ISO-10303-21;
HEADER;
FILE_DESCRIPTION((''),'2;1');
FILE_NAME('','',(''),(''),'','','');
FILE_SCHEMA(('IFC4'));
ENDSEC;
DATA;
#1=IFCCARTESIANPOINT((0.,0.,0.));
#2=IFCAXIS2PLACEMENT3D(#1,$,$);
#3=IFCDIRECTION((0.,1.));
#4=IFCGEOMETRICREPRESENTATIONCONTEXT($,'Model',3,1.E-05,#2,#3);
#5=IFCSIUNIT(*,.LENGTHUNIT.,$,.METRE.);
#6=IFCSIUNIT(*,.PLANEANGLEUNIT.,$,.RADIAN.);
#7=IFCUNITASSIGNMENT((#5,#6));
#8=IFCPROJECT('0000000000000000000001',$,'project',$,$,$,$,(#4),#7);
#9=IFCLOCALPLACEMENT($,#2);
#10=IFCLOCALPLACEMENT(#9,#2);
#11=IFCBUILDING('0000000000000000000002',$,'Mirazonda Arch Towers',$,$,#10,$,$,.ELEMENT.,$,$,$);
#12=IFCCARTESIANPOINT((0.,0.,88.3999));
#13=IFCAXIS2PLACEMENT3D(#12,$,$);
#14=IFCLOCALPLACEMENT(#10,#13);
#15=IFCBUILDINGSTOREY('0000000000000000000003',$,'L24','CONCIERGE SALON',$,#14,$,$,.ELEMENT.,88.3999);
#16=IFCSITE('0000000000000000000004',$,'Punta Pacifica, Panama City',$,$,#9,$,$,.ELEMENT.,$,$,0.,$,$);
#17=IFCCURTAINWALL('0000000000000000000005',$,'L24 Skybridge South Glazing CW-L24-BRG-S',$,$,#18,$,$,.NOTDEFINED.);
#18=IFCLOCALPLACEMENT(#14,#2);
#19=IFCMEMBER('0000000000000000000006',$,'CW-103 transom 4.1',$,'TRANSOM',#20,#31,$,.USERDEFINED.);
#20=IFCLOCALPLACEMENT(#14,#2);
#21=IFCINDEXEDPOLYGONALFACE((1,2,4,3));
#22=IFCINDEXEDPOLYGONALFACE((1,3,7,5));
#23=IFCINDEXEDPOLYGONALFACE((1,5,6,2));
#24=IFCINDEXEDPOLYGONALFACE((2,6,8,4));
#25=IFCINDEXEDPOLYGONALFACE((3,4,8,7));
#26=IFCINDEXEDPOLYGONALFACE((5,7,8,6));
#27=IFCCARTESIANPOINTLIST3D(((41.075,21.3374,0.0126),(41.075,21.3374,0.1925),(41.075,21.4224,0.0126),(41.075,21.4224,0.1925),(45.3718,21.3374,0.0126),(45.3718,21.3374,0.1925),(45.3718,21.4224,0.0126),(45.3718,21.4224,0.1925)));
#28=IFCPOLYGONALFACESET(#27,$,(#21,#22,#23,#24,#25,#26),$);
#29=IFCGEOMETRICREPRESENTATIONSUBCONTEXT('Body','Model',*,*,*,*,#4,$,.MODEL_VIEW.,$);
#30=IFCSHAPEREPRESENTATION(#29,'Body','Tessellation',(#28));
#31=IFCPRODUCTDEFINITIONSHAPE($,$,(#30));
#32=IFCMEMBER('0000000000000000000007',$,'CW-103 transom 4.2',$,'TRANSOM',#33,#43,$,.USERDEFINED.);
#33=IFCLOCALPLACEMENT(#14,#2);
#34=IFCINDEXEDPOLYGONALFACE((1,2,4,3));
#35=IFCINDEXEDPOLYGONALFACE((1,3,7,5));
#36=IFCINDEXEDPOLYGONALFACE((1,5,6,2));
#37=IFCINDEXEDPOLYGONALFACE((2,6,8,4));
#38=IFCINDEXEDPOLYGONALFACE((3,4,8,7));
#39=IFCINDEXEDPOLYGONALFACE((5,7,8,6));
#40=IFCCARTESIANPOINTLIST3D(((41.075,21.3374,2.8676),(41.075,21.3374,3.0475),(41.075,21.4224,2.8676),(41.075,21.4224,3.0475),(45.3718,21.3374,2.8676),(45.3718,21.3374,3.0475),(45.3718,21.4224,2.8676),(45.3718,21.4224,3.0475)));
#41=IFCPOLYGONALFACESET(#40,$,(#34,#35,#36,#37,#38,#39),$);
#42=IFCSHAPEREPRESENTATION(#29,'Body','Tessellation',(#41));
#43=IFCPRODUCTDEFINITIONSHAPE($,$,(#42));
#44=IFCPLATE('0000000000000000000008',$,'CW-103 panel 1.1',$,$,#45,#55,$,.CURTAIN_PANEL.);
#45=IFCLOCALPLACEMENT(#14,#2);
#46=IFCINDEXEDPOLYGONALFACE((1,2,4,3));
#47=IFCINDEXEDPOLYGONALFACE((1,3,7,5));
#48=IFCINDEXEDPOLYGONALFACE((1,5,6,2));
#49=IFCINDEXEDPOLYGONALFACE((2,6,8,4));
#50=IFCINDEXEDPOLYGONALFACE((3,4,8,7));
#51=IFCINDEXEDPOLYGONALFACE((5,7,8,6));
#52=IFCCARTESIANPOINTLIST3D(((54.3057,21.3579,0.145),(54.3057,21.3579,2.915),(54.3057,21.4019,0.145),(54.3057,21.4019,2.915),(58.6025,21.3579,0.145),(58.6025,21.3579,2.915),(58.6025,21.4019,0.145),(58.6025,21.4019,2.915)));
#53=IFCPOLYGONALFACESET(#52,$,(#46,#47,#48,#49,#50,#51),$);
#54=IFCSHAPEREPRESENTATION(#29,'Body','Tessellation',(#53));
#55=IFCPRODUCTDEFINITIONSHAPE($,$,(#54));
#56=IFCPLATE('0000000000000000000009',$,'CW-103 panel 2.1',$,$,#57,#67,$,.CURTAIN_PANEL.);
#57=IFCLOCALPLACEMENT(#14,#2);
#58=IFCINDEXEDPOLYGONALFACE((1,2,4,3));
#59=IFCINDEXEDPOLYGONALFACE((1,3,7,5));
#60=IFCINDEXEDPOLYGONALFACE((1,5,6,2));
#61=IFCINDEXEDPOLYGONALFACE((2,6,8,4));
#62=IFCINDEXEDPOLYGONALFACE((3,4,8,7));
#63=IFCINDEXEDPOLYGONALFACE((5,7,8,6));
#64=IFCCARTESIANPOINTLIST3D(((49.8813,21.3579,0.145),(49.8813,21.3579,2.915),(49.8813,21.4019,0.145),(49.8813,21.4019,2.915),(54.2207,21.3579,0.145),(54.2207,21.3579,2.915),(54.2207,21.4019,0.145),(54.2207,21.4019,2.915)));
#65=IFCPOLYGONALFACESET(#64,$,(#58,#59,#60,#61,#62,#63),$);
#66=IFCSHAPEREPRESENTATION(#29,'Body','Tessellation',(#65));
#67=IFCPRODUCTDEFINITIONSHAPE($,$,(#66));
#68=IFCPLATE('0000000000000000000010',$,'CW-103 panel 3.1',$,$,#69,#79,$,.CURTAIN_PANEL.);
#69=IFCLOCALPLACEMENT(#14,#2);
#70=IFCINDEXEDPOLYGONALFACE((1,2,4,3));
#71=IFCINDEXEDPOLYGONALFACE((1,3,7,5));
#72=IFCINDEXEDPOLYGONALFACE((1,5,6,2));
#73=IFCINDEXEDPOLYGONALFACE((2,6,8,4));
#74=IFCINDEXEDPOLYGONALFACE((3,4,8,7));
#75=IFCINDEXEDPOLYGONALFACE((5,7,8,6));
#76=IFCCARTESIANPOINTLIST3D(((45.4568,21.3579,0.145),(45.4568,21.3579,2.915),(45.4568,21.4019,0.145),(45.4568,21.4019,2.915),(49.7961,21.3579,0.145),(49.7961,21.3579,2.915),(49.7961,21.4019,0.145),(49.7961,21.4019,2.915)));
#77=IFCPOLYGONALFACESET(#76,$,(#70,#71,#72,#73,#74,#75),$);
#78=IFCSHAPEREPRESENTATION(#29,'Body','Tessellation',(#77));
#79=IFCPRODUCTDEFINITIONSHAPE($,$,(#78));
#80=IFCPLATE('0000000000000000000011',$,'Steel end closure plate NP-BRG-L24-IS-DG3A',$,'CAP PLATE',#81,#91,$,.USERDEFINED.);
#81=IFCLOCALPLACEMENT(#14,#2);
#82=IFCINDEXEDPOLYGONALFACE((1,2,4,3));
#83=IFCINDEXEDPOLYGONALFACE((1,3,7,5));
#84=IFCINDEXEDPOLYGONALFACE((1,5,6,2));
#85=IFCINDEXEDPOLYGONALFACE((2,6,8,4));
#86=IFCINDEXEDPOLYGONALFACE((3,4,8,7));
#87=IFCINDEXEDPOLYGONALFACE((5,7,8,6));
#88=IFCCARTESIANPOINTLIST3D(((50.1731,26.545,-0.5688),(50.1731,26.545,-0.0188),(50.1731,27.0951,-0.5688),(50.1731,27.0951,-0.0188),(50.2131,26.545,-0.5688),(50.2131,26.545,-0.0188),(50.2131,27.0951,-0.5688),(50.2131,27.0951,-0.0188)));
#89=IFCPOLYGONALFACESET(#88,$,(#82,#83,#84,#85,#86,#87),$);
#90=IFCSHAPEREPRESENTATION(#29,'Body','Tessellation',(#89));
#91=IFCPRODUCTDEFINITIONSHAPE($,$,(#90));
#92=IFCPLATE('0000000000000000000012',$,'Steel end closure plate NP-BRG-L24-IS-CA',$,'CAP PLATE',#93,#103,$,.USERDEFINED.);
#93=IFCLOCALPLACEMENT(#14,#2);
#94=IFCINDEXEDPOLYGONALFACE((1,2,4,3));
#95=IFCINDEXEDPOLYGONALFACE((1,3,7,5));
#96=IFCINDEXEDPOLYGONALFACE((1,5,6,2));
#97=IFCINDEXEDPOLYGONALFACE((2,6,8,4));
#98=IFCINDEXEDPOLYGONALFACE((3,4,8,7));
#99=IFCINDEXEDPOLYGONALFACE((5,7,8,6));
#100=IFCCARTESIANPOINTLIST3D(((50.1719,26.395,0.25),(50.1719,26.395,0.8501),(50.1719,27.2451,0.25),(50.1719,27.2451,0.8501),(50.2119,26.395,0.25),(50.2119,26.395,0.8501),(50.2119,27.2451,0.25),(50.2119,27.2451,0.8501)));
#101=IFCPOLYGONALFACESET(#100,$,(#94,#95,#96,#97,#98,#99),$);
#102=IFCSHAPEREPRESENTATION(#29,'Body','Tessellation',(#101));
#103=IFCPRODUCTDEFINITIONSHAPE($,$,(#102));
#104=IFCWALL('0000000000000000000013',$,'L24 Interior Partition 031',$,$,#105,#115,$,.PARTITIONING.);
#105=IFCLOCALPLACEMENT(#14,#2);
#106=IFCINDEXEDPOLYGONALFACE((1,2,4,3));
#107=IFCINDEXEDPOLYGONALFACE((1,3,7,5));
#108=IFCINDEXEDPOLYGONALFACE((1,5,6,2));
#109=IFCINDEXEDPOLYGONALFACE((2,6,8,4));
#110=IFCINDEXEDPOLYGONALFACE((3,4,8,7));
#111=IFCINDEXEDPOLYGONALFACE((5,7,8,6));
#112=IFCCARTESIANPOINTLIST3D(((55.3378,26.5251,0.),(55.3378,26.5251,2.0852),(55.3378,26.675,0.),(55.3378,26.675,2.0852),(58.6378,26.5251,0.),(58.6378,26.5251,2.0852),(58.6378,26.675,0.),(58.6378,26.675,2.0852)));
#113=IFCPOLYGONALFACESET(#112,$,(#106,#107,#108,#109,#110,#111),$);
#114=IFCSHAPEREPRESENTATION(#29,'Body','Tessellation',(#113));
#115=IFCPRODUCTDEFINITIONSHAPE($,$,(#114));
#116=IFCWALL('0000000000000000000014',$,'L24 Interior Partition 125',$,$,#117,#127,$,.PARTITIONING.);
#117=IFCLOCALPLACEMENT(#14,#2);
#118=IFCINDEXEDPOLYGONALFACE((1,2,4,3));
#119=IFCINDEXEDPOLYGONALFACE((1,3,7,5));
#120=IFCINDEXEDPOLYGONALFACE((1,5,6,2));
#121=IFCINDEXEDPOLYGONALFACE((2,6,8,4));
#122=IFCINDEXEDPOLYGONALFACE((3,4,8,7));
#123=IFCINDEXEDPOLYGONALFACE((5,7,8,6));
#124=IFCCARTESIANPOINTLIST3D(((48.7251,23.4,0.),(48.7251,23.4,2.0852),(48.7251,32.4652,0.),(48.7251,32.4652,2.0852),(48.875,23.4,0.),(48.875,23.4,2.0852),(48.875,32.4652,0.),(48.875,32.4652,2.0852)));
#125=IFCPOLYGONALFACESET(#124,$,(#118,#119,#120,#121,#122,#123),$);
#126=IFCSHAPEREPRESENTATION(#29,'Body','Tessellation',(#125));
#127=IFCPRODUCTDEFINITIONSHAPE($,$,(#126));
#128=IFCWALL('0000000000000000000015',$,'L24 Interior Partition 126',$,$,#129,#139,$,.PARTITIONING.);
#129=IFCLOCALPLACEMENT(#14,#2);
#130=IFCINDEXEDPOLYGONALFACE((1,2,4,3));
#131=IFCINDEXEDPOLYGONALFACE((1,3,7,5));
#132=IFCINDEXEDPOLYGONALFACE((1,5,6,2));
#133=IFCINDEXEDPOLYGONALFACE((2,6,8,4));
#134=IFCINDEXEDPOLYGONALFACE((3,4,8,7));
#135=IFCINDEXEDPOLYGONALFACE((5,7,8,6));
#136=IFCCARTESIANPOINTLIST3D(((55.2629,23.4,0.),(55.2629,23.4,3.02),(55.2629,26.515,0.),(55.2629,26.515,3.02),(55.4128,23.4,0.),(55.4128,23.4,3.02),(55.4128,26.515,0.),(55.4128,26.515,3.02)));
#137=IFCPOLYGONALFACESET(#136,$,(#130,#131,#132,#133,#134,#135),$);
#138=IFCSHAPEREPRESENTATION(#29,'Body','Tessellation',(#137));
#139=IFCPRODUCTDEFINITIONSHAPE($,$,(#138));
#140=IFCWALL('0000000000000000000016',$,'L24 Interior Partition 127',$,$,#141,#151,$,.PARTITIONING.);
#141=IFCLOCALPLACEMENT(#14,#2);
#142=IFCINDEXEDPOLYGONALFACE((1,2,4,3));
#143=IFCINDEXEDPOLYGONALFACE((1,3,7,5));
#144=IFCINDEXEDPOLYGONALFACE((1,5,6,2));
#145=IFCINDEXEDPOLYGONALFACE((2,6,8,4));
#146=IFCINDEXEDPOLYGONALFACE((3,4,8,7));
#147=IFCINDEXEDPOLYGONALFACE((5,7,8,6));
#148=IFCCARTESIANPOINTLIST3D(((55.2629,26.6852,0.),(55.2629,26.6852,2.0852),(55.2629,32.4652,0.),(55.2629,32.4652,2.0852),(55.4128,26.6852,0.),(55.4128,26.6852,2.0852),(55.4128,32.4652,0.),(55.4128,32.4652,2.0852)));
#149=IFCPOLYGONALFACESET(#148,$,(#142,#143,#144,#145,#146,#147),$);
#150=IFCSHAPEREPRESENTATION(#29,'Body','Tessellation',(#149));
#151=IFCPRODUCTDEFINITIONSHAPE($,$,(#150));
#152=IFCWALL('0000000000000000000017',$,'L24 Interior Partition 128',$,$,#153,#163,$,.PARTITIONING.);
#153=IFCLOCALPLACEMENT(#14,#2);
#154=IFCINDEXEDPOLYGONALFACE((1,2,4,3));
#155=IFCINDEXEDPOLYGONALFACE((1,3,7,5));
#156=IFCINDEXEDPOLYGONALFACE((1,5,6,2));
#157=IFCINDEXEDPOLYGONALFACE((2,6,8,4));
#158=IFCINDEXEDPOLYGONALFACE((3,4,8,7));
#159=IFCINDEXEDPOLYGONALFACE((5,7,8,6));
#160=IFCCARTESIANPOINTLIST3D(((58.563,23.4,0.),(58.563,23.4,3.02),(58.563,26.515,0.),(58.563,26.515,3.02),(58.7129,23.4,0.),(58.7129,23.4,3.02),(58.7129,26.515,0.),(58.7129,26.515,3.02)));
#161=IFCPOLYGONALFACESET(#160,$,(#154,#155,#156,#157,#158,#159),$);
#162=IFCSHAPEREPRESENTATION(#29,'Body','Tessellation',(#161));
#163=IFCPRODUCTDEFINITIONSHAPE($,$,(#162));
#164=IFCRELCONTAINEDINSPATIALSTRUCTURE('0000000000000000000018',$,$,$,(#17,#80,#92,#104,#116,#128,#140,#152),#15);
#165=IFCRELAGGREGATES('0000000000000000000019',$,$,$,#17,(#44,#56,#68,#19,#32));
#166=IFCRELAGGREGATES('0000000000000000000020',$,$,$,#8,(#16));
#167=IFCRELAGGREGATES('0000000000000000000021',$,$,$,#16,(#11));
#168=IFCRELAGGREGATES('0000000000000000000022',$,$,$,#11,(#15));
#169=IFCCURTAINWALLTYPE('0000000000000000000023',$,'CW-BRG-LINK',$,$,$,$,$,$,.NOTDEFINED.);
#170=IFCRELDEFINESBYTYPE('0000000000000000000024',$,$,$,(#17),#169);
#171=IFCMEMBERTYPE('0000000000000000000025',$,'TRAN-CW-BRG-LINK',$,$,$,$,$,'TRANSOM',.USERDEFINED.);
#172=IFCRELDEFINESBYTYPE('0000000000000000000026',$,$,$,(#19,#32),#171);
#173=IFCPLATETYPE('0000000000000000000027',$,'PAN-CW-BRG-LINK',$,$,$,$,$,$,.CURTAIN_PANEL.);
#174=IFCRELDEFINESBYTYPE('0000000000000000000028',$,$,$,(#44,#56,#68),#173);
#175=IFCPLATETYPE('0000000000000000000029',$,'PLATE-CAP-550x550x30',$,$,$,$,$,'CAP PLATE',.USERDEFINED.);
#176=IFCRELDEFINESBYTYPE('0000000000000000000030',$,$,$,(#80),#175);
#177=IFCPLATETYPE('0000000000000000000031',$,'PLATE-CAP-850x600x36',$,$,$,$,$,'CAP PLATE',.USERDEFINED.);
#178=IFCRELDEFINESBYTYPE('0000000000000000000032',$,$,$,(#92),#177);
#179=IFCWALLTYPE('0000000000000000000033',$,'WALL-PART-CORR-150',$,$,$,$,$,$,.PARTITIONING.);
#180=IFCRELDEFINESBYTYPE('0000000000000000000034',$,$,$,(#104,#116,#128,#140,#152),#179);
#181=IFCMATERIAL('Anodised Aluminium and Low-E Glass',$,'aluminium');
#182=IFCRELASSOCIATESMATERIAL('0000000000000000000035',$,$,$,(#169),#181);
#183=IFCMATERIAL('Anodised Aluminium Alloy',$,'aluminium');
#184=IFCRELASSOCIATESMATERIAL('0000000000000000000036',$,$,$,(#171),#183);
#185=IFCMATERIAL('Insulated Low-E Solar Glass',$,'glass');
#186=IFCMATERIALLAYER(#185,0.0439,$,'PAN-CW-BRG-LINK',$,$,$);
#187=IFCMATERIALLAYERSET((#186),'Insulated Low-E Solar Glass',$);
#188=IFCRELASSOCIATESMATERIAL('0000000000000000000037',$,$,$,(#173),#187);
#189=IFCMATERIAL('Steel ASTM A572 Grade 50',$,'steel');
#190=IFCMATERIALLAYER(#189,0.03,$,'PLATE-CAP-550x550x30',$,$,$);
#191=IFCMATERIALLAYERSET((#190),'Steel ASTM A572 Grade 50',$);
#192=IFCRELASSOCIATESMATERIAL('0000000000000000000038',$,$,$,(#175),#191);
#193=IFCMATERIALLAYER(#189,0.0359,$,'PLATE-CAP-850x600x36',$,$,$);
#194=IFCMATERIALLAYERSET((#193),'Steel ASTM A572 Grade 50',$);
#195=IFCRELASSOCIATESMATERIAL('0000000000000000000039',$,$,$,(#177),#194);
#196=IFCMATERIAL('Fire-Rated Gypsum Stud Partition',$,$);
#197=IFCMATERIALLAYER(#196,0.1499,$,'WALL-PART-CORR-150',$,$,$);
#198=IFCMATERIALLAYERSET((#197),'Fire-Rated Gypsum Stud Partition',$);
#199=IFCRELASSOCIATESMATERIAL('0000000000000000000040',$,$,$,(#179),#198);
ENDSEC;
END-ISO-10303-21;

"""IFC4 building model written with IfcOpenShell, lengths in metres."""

from ifc_helpers import new_model, si_unit, direction, frame, frame_2d, origin, origin_2d, place, context, subcontext, project, spatial, rectangle, extrude, material, layer, layer_set, material_profile, profile_set, type_object, element, aggregate, save


model = new_model("IFC4")

# Units and contexts
model_context = context("Model", 3, precision=1e-05, world=origin(), true_north=direction((0.0, 1.0)))
body_context = subcontext(model_context, "Body", "Model", "MODEL_VIEW")
ifc_project = project(units=[si_unit("LENGTHUNIT", "METRE"), si_unit("PLANEANGLEUNIT", "RADIAN")], contexts=[model_context])

# Site, building, storey
site_placement = place(None, origin())
site = spatial("IfcSite", under=ifc_project, at=site_placement, Name="Punta Pacifica, Panama City", CompositionType="ELEMENT", RefElevation=0.0)
building_placement = place(site_placement, origin())
building = spatial("IfcBuilding", under=site, at=building_placement, Name="Mirazonda Arch Towers", CompositionType="ELEMENT")
storey_placement = place(building_placement, frame((0.0, 0.0, 88.3999)))
storey = spatial("IfcBuildingStorey", under=building, at=storey_placement, Name="L24", Description="CONCIERGE SALON", CompositionType="ELEMENT", Elevation=88.3999)

# Shared definitions
ifc_material_1 = material(Name="Steel ASTM A572 Grade 50", Category="steel")

# Curtain wall, members, plates
ifc_material_2 = material(Name="Anodised Aluminium and Low-E Glass", Category="aluminium")
curtain_wall_type = type_object("IfcCurtainWallType", Name="CW-BRG-LINK", PredefinedType="NOTDEFINED", material=ifc_material_2)
curtain_wall_placement = place(storey_placement, origin())
curtain_wall = element("IfcCurtainWall", 1, at=curtain_wall_placement, inside=storey, type_object=curtain_wall_type, Name="L24 Skybridge South Glazing CW-L24-BRG-S", PredefinedType="NOTDEFINED")
ifc_material_3 = material(Name="Anodised Aluminium Alloy", Category="aluminium")
ifc_material_profile_1 = material_profile(ifc_material_3, rectangle(XDim=0.085, YDim=0.1799, at=origin_2d()), Name="ALU-TRAN-85x180")
ifc_profile_set_1 = profile_set([ifc_material_profile_1], Name="Anodised Aluminium Alloy")
member_type_1 = type_object("IfcMemberType", Name="TRAN-CW-BRG-LINK", ElementType="TRANSOM", PredefinedType="USERDEFINED", material=ifc_profile_set_1)
member_1_placement = place(storey_placement, frame((45.3718, 21.3799, 0.1025), z_axis=(-1.0, 0.0, 0.0), x_axis=(0.0, -1.0, 0.0)))
member_1 = element("IfcMember", 2, at=member_1_placement, type_object=member_type_1, Name="CW-103 transom 4.1", ObjectType="TRANSOM", PredefinedType="USERDEFINED", context=body_context, shape_type="SweptSolid", body=[
    extrude(rectangle(XDim=0.085, YDim=0.1799, at=origin_2d()), origin(), (0.0, 0.0, 1.0), 4.2969),
])
member_2_placement = place(storey_placement, frame((45.3718, 21.3799, 2.9575), z_axis=(-1.0, 0.0, 0.0), x_axis=(0.0, -1.0, 0.0)))
member_2 = element("IfcMember", 3, at=member_2_placement, type_object=member_type_1, Name="CW-103 transom 4.2", ObjectType="TRANSOM", PredefinedType="USERDEFINED", context=body_context, shape_type="SweptSolid", body=[
    extrude(rectangle(XDim=0.085, YDim=0.1799, at=origin_2d()), origin(), (0.0, 0.0, 1.0), 4.2969),
])
ifc_material_4 = material(Name="Insulated Low-E Solar Glass", Category="glass")
ifc_layer_1 = layer(ifc_material_4, 0.0439, Name="PAN-CW-BRG-LINK")
ifc_layer_set_1 = layer_set([ifc_layer_1], Name="Insulated Low-E Solar Glass")
plate_type_1 = type_object("IfcPlateType", Name="PAN-CW-BRG-LINK", PredefinedType="CURTAIN_PANEL", material=ifc_layer_set_1)
plate_1_placement = place(storey_placement, frame((56.4541, 21.3799, 0.145), z_axis=(0.0, 0.0, 1.0), x_axis=(-1.0, 0.0, 0.0)))
plate_1 = element("IfcPlate", 4, at=plate_1_placement, type_object=plate_type_1, Name="CW-103 panel 1.1", PredefinedType="CURTAIN_PANEL", context=body_context, shape_type="SweptSolid", body=[
    extrude(rectangle(XDim=4.2969, YDim=0.0439, at=origin_2d()), origin(), (0.0, 0.0, 1.0), 2.77),
])
plate_2_placement = place(storey_placement, frame((52.051, 21.3799, 0.145), z_axis=(0.0, 0.0, 1.0), x_axis=(-1.0, 0.0, 0.0)))
plate_2 = element("IfcPlate", 5, at=plate_2_placement, type_object=plate_type_1, Name="CW-103 panel 2.1", PredefinedType="CURTAIN_PANEL", context=body_context, shape_type="SweptSolid", body=[
    extrude(rectangle(XDim=4.3394, YDim=0.0439, at=origin_2d()), origin(), (0.0, 0.0, 1.0), 2.77),
])
plate_3_placement = place(storey_placement, frame((47.6265, 21.3799, 0.145), z_axis=(0.0, 0.0, 1.0), x_axis=(-1.0, 0.0, 0.0)))
plate_3 = element("IfcPlate", 6, at=plate_3_placement, type_object=plate_type_1, Name="CW-103 panel 3.1", PredefinedType="CURTAIN_PANEL", context=body_context, shape_type="SweptSolid", body=[
    extrude(rectangle(XDim=4.3394, YDim=0.0439, at=origin_2d()), origin(), (0.0, 0.0, 1.0), 2.77),
])
aggregate(curtain_wall, [plate_1, plate_2, plate_3, member_1, member_2])

# Plates
ifc_layer_2 = layer(ifc_material_1, 0.03, Name="PLATE-CAP-550x550x30")
ifc_layer_set_2 = layer_set([ifc_layer_2], Name="Steel ASTM A572 Grade 50")
plate_type_2 = type_object("IfcPlateType", Name="PLATE-CAP-550x550x30", ElementType="CAP PLATE", PredefinedType="USERDEFINED", material=ifc_layer_set_2)
plate_4_placement = place(storey_placement, frame((50.1931, 26.8201, -0.5688), z_axis=(0.0, 0.0, 1.0), x_axis=(-1.0, 0.0, 0.0)))
element("IfcPlate", 7, at=plate_4_placement, inside=storey, type_object=plate_type_2, Name="Steel end closure plate NP-BRG-L24-IS-DG3A", ObjectType="CAP PLATE", PredefinedType="USERDEFINED", context=body_context, shape_type="SweptSolid", body=[
    extrude(rectangle(XDim=0.04, YDim=0.55, at=origin_2d()), origin(), (0.0, 0.0, 1.0), 0.55),
])
ifc_layer_3 = layer(ifc_material_1, 0.0359, Name="PLATE-CAP-850x600x36")
ifc_layer_set_3 = layer_set([ifc_layer_3], Name="Steel ASTM A572 Grade 50")
plate_type_3 = type_object("IfcPlateType", Name="PLATE-CAP-850x600x36", ElementType="CAP PLATE", PredefinedType="USERDEFINED", material=ifc_layer_set_3)
plate_5_placement = place(storey_placement, frame((50.1919, 26.8201, 0.25), z_axis=(0.0, 0.0, 1.0), x_axis=(-1.0, 0.0, 0.0)))
element("IfcPlate", 8, at=plate_5_placement, inside=storey, type_object=plate_type_3, Name="Steel end closure plate NP-BRG-L24-IS-CA", ObjectType="CAP PLATE", PredefinedType="USERDEFINED", context=body_context, shape_type="SweptSolid", body=[
    extrude(rectangle(XDim=0.04, YDim=0.8501, at=origin_2d()), origin(), (0.0, 0.0, 1.0), 0.6001),
])

# Walls
ifc_material_5 = material(Name="Fire-Rated Gypsum Stud Partition")
ifc_layer_4 = layer(ifc_material_5, 0.1499, Name="WALL-PART-CORR-150")
ifc_layer_set_4 = layer_set([ifc_layer_4], Name="Fire-Rated Gypsum Stud Partition")
wall_type = type_object("IfcWallType", Name="WALL-PART-CORR-150", PredefinedType="PARTITIONING", material=ifc_layer_set_4)
wall_1_placement = place(storey_placement, frame((55.3379, 26.6001, 0.0), z_axis=(0.0, 0.0, 1.0), x_axis=(1.0, 0.0, 0.0)))
element("IfcWall", 9, at=wall_1_placement, inside=storey, type_object=wall_type, Name="L24 Interior Partition 031", PredefinedType="PARTITIONING", context=body_context, shape_type="SweptSolid", body=[
    extrude(rectangle(XDim=3.3, YDim=0.1499, at=frame_2d((1.6499, 0.0))), origin(), (0.0, 0.0, 1.0), 2.0852),
])
wall_2_placement = place(storey_placement, frame((48.8, 23.3999, 0.0), z_axis=(0.0, 0.0, 1.0), x_axis=(0.0, 1.0, 0.0)))
element("IfcWall", 10, at=wall_2_placement, inside=storey, type_object=wall_type, Name="L24 Interior Partition 125", PredefinedType="PARTITIONING", context=body_context, shape_type="SweptSolid", body=[
    extrude(rectangle(XDim=9.0652, YDim=0.1499, at=frame_2d((4.5327, 0.0))), origin(), (0.0, 0.0, 1.0), 2.0852),
])
wall_3_placement = place(storey_placement, frame((55.3379, 23.3999, 0.0), z_axis=(0.0, 0.0, 1.0), x_axis=(0.0, 1.0, 0.0)))
element("IfcWall", 11, at=wall_3_placement, inside=storey, type_object=wall_type, Name="L24 Interior Partition 126", PredefinedType="PARTITIONING", context=body_context, shape_type="SweptSolid", body=[
    extrude(rectangle(XDim=3.115, YDim=0.1499, at=frame_2d((1.5576, 0.0))), origin(), (0.0, 0.0, 1.0), 3.02),
])
wall_4_placement = place(storey_placement, frame((55.3379, 26.6851, 0.0), z_axis=(0.0, 0.0, 1.0), x_axis=(0.0, 1.0, 0.0)))
element("IfcWall", 12, at=wall_4_placement, inside=storey, type_object=wall_type, Name="L24 Interior Partition 127", PredefinedType="PARTITIONING", context=body_context, shape_type="SweptSolid", body=[
    extrude(rectangle(XDim=5.78, YDim=0.1499, at=frame_2d((2.8901, 0.0))), origin(), (0.0, 0.0, 1.0), 2.0852),
])
wall_5_placement = place(storey_placement, frame((58.6379, 23.3999, 0.0), z_axis=(0.0, 0.0, 1.0), x_axis=(0.0, 1.0, 0.0)))
element("IfcWall", 13, at=wall_5_placement, inside=storey, type_object=wall_type, Name="L24 Interior Partition 128", PredefinedType="PARTITIONING", context=body_context, shape_type="SweptSolid", body=[
    extrude(rectangle(XDim=3.115, YDim=0.1499, at=frame_2d((1.5576, 0.0))), origin(), (0.0, 0.0, 1.0), 3.02),
])

save(model, "model.ifc")
